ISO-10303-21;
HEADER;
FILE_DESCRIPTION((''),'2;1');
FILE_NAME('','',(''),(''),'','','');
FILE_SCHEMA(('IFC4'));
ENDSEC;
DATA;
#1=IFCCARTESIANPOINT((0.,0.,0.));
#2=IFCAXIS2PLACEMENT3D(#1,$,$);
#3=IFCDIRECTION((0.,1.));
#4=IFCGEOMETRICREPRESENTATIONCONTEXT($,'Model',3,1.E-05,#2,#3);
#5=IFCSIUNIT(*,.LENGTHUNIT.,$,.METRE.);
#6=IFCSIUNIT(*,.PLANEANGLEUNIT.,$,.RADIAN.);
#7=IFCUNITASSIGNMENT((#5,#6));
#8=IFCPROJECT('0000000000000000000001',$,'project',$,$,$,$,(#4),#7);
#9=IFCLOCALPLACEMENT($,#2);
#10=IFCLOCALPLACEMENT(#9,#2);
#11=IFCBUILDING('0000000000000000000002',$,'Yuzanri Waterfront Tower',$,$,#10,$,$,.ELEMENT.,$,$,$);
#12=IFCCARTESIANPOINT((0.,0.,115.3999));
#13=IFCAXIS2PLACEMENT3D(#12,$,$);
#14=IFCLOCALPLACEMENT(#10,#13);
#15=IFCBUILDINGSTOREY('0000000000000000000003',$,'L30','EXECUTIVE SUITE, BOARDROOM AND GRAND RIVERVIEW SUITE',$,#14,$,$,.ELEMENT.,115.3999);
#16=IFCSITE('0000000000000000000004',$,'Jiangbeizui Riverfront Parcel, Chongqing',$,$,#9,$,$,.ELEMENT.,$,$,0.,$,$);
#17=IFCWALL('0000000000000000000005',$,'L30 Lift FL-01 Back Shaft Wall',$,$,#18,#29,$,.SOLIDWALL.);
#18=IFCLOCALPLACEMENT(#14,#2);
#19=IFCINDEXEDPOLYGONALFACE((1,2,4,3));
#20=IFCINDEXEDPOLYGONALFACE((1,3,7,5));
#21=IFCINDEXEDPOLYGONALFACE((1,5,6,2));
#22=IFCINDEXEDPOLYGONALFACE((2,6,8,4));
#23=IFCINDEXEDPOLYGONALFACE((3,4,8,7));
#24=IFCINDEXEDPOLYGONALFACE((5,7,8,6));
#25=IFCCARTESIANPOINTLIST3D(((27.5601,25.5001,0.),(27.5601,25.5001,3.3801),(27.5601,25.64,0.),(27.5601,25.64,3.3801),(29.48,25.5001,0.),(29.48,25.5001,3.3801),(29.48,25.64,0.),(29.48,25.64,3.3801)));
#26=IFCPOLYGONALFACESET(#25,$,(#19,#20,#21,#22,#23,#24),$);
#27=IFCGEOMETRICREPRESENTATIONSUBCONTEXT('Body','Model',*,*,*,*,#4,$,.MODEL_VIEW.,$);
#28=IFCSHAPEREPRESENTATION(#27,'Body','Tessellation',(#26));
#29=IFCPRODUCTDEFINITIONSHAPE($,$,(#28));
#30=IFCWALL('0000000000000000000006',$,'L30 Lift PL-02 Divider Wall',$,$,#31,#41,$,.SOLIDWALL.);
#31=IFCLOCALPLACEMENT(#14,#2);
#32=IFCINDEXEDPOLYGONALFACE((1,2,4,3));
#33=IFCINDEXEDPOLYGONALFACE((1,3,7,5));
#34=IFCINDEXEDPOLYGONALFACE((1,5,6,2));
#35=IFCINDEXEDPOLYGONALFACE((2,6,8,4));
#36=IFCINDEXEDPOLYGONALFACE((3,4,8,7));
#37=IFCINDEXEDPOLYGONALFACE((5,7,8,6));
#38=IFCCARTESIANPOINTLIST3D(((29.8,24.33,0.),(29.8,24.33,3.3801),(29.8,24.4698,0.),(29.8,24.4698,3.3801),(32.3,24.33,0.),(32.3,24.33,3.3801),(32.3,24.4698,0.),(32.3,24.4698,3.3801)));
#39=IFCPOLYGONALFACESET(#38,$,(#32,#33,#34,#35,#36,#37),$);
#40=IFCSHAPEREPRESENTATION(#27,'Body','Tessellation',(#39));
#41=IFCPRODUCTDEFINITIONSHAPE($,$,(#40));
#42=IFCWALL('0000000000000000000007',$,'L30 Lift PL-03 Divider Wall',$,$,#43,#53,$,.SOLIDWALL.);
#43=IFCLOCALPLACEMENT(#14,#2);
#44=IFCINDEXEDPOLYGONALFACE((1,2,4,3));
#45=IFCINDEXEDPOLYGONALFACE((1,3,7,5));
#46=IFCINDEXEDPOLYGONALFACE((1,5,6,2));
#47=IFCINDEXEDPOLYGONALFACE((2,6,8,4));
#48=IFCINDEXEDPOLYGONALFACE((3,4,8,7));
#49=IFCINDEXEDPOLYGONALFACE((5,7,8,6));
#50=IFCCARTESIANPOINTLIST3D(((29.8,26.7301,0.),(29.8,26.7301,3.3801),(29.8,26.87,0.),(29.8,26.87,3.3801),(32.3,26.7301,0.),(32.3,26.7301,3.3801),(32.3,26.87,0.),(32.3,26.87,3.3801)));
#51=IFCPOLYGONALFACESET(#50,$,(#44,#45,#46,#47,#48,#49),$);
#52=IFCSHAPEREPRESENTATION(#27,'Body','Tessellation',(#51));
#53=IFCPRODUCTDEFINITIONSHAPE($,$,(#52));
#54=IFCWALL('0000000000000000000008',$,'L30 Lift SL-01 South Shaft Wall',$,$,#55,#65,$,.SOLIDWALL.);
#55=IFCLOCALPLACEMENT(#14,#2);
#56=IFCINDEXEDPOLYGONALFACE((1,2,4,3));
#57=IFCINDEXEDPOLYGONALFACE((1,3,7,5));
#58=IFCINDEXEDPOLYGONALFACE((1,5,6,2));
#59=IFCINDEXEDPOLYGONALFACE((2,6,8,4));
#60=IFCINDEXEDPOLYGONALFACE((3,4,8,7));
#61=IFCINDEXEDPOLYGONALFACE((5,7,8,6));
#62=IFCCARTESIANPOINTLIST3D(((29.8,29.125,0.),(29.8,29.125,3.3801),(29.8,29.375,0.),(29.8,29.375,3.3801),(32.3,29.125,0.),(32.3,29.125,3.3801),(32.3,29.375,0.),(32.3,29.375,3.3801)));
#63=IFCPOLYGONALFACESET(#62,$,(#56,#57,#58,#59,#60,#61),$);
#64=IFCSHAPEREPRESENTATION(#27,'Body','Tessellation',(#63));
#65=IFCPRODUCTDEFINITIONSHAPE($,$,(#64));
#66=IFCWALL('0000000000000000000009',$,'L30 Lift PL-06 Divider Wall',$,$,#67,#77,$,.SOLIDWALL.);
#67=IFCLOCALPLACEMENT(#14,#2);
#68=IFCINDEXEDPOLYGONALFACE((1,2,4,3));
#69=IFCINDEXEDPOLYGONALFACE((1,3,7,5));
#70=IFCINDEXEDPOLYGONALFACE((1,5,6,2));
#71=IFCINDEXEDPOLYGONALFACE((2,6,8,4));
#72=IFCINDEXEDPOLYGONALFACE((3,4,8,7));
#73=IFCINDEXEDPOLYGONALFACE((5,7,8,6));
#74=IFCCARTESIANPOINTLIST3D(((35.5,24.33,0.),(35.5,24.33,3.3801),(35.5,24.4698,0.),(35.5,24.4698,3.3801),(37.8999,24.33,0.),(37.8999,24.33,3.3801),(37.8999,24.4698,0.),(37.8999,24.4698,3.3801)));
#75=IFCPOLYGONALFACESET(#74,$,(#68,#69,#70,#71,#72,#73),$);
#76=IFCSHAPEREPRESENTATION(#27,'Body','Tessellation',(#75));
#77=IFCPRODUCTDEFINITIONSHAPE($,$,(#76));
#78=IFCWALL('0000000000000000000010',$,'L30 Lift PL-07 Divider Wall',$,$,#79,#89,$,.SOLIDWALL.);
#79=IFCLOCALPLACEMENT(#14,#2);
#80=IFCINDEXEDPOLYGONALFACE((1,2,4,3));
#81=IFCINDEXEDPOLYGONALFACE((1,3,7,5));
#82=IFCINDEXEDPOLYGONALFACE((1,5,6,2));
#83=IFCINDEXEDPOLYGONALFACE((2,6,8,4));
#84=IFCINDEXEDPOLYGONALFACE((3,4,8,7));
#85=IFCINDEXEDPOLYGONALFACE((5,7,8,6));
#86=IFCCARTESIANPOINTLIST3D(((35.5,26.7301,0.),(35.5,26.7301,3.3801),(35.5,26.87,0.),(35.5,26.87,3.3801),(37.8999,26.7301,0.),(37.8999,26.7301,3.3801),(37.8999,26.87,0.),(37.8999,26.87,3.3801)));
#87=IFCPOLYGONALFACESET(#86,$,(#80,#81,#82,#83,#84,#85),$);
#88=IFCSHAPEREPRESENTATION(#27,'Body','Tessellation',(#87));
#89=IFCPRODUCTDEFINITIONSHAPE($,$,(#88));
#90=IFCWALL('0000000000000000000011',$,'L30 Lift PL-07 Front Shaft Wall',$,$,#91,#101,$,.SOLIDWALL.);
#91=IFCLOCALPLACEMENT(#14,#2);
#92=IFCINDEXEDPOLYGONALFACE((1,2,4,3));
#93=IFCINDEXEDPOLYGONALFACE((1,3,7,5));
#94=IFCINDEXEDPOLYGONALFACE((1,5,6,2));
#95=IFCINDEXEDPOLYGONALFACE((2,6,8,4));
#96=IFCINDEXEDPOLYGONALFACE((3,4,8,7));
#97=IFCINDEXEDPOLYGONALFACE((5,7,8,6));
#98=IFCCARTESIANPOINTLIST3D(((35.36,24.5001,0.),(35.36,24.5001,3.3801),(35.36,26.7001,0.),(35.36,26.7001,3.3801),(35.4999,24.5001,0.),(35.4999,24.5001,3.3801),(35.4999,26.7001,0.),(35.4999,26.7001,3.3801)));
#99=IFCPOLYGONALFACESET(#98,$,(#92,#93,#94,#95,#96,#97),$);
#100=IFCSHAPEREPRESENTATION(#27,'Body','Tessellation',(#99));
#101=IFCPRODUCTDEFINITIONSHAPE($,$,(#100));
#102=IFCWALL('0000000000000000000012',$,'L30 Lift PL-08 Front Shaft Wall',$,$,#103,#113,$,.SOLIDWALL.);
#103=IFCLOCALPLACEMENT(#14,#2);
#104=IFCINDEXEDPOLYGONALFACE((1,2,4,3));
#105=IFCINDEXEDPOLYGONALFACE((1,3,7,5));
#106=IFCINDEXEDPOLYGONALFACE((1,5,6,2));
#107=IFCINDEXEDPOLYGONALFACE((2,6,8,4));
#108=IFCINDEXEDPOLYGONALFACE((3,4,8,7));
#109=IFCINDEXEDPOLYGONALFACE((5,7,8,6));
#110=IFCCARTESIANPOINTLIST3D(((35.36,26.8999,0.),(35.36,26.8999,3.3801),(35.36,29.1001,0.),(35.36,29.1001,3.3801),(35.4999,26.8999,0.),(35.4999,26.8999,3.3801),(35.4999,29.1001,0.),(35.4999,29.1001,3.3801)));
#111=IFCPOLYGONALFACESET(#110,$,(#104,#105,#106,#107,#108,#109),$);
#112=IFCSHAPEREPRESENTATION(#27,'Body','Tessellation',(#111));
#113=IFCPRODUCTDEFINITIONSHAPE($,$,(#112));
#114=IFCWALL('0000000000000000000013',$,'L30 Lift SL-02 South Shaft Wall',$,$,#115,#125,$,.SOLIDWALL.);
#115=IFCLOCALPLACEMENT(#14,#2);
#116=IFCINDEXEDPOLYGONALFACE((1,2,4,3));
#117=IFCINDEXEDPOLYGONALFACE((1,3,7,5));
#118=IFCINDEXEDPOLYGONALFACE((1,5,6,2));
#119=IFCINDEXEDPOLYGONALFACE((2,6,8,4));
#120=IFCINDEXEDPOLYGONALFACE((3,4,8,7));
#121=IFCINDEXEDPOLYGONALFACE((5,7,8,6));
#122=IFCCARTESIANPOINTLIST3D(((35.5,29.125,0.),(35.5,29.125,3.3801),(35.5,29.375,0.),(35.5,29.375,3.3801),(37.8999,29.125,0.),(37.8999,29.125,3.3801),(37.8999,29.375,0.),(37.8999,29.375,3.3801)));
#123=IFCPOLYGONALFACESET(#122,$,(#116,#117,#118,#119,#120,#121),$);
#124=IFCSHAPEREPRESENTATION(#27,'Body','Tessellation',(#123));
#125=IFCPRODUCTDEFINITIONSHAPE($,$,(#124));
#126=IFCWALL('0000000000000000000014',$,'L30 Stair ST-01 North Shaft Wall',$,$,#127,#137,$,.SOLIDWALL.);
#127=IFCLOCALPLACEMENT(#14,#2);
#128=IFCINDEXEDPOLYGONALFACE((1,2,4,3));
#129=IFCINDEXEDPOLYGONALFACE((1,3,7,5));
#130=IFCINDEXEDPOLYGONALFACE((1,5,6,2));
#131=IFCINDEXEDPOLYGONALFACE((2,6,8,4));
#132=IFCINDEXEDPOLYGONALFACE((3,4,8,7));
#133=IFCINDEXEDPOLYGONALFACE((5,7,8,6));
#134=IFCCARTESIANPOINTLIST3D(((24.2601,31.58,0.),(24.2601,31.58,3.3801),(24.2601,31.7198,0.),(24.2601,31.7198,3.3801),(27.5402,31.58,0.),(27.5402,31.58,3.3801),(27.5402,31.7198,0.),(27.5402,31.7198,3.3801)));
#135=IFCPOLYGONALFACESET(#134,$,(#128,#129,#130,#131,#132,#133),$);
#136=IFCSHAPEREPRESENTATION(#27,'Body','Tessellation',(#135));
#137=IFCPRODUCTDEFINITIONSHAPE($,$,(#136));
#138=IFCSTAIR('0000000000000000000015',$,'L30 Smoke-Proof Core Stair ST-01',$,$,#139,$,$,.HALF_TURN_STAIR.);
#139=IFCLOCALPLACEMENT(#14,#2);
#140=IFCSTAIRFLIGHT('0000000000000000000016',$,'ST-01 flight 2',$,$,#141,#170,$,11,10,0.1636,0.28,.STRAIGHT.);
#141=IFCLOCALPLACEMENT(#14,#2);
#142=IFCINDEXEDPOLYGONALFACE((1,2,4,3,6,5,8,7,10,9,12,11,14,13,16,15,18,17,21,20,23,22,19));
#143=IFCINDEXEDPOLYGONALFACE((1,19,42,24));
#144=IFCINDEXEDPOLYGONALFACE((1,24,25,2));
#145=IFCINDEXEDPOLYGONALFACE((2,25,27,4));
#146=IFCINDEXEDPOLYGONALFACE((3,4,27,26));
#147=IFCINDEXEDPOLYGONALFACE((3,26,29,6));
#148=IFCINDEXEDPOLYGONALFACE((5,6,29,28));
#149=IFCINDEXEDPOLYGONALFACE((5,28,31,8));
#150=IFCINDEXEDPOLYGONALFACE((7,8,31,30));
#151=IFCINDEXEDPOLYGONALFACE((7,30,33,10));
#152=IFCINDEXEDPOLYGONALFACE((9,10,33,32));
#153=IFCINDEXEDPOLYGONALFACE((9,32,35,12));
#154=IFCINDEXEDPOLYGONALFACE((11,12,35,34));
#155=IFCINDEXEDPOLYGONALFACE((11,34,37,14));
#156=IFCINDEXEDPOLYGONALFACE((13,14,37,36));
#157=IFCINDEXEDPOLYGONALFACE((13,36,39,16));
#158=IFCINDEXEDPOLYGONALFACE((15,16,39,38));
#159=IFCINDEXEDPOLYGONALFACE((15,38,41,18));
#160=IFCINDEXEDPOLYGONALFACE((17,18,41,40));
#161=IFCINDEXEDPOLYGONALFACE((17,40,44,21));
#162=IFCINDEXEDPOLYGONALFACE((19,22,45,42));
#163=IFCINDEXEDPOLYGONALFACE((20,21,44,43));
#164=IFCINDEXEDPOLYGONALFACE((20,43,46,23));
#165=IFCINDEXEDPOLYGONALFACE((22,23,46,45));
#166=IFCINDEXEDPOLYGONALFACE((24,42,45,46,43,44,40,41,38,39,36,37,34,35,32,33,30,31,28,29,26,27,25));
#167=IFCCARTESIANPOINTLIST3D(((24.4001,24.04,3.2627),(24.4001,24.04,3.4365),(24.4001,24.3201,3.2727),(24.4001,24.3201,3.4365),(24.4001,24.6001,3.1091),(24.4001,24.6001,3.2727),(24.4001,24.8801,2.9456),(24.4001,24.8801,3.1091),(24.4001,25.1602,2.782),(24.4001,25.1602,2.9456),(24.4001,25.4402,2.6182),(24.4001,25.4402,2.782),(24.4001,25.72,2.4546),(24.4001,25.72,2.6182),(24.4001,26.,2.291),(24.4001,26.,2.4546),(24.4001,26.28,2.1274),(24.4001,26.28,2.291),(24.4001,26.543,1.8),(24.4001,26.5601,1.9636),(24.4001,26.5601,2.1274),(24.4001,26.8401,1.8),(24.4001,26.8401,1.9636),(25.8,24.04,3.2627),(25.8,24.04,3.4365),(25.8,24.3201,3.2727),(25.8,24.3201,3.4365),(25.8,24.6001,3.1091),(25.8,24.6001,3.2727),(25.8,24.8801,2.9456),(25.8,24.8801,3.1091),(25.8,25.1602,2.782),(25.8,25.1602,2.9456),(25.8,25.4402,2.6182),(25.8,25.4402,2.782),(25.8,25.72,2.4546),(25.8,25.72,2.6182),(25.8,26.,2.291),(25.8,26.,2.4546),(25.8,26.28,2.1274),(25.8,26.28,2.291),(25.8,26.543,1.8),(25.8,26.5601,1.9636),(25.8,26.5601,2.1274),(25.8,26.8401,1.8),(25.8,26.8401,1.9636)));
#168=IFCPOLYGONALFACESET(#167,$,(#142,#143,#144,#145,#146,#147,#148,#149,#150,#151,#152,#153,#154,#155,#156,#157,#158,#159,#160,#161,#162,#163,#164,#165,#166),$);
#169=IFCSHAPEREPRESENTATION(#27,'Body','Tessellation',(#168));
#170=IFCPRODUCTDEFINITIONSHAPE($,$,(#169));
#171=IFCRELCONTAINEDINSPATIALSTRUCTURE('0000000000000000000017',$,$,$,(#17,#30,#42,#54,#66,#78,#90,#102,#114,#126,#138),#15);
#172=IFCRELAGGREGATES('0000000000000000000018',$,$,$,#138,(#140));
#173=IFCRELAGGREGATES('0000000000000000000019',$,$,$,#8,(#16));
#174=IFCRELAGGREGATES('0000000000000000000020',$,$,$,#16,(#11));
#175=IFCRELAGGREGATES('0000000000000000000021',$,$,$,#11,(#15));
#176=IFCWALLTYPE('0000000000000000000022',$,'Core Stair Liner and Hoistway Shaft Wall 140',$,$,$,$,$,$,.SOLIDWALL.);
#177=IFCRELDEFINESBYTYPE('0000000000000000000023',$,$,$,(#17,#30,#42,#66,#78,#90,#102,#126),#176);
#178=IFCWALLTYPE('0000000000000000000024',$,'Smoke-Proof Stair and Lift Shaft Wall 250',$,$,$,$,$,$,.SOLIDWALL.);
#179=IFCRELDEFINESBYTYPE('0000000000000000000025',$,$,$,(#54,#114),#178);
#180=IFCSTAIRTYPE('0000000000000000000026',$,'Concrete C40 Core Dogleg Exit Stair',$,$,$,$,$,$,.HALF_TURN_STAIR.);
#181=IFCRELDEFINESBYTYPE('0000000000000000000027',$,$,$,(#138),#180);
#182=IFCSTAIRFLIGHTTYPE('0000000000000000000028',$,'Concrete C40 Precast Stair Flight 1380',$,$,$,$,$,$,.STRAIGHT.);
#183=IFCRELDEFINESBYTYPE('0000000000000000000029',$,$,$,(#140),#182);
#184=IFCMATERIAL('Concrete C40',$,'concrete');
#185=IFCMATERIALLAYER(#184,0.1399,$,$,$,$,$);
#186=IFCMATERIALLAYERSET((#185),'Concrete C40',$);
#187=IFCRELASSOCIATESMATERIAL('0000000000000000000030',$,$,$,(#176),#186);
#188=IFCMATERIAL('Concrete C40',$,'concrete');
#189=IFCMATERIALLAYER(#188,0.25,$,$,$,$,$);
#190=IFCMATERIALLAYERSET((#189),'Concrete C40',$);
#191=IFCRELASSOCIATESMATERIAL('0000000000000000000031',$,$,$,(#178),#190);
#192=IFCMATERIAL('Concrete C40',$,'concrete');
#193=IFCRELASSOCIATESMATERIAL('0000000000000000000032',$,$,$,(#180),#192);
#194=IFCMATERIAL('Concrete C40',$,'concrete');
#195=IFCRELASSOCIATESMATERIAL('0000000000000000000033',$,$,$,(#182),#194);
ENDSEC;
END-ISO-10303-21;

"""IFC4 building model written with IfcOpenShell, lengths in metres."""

from ifc_helpers import new_model, si_unit, direction, frame, frame_2d, origin, place, context, subcontext, project, spatial, polyline, rectangle, outline, extrude, source, transform, mapped, material, layer, layer_set, type_object, element, aggregate, save


model = new_model("IFC4")

# Units and contexts
model_context = context("Model", 3, precision=1e-05, world=origin(), true_north=direction((0.0, 1.0)))
body_context = subcontext(model_context, "Body", "Model", "MODEL_VIEW")
ifc_project = project(units=[si_unit("LENGTHUNIT", "METRE"), si_unit("PLANEANGLEUNIT", "RADIAN")], contexts=[model_context])

# Site, building, storey
site_placement = place(None, origin())
site = spatial("IfcSite", under=ifc_project, at=site_placement, Name="Jiangbeizui Riverfront Parcel, Chongqing", CompositionType="ELEMENT", RefElevation=0.0)
building_placement = place(site_placement, origin())
building = spatial("IfcBuilding", under=site, at=building_placement, Name="Yuzanri Waterfront Tower", CompositionType="ELEMENT")
storey_placement = place(building_placement, frame((0.0, 0.0, 115.3999)))
storey = spatial("IfcBuildingStorey", under=building, at=storey_placement, Name="L30", Description="EXECUTIVE SUITE, BOARDROOM AND GRAND RIVERVIEW SUITE", CompositionType="ELEMENT", Elevation=115.3999)

# Shared definitions
ifc_material_1 = material(Name="Concrete C40", Category="concrete")
ifc_layer_1 = layer(ifc_material_1, 0.1399)
ifc_layer_set_1 = layer_set([ifc_layer_1], Name="Concrete C40")
wall_type_1 = type_object("IfcWallType", Name="Core Stair Liner and Hoistway Shaft Wall 140", PredefinedType="SOLIDWALL", material=ifc_layer_set_1)

# Walls
shared_shape_1 = source(origin(), body_context, "Body", "SweptSolid", [
    extrude(rectangle(XDim=1.9199, YDim=0.1399, at=frame_2d((0.96, 0.0))), origin(), (0.0, 0.0, 1.0), 3.3801),
])
wall_1_placement = place(storey_placement, frame((27.5601, 25.5701, 0.0), z_axis=(0.0, 0.0, 1.0), x_axis=(1.0, 0.0, 0.0)))
element("IfcWall", 1, at=wall_1_placement, inside=storey, type_object=wall_type_1, Name="L30 Lift FL-01 Back Shaft Wall", PredefinedType="SOLIDWALL", context=body_context, shape_type="MappedRepresentation", body=[
    mapped(shared_shape_1, transform((0.0, 0.0, 0.0), scale=1.0)),
])
shared_shape_2 = source(origin(), body_context, "Body", "SweptSolid", [
    extrude(rectangle(XDim=2.5, YDim=0.1399, at=frame_2d((1.25, 0.0))), origin(), (0.0, 0.0, 1.0), 3.3801),
])
for number, where, z_axis, x_axis, name in (
    (2, (29.8, 24.3999, 0.0), (0.0, 0.0, 1.0), (1.0, 0.0, 0.0), "L30 Lift PL-02 Divider Wall"),
    (3, (29.8, 26.8, 0.0), (0.0, 0.0, 1.0), (1.0, 0.0, 0.0), "L30 Lift PL-03 Divider Wall"),
):
    element("IfcWall", number, at=place(storey_placement, frame(where, z_axis=z_axis, x_axis=x_axis)), inside=storey, type_object=wall_type_1, Name=name, PredefinedType="SOLIDWALL", context=body_context, shape_type="MappedRepresentation", body=[
        mapped(shared_shape_2, transform((0.0, 0.0, 0.0), scale=1.0)),
    ])
ifc_material_2 = material(Name="Concrete C40", Category="concrete")
ifc_layer_2 = layer(ifc_material_2, 0.25)
ifc_layer_set_2 = layer_set([ifc_layer_2], Name="Concrete C40")
wall_type_2 = type_object("IfcWallType", Name="Smoke-Proof Stair and Lift Shaft Wall 250", PredefinedType="SOLIDWALL", material=ifc_layer_set_2)
shared_shape_3 = source(origin(), body_context, "Body", "SweptSolid", [
    extrude(rectangle(XDim=2.5, YDim=0.25, at=frame_2d((1.25, 0.0))), origin(), (0.0, 0.0, 1.0), 3.3801),
])
wall_2_placement = place(storey_placement, frame((29.8, 29.25, 0.0), z_axis=(0.0, 0.0, 1.0), x_axis=(1.0, 0.0, 0.0)))
element("IfcWall", 4, at=wall_2_placement, inside=storey, type_object=wall_type_2, Name="L30 Lift SL-01 South Shaft Wall", PredefinedType="SOLIDWALL", context=body_context, shape_type="MappedRepresentation", body=[
    mapped(shared_shape_3, transform((0.0, 0.0, 0.0), scale=1.0)),
])
shared_shape_4 = source(origin(), body_context, "Body", "SweptSolid", [
    extrude(rectangle(XDim=2.3999, YDim=0.1399, at=frame_2d((1.2, 0.0))), origin(), (0.0, 0.0, 1.0), 3.3801),
])
for number, where, z_axis, x_axis, name in (
    (5, (35.5, 24.3999, 0.0), (0.0, 0.0, 1.0), (1.0, 0.0, 0.0), "L30 Lift PL-06 Divider Wall"),
    (6, (35.5, 26.8, 0.0), (0.0, 0.0, 1.0), (1.0, 0.0, 0.0), "L30 Lift PL-07 Divider Wall"),
):
    element("IfcWall", number, at=place(storey_placement, frame(where, z_axis=z_axis, x_axis=x_axis)), inside=storey, type_object=wall_type_1, Name=name, PredefinedType="SOLIDWALL", context=body_context, shape_type="MappedRepresentation", body=[
        mapped(shared_shape_4, transform((0.0, 0.0, 0.0), scale=1.0)),
    ])
shared_shape_5 = source(origin(), body_context, "Body", "SweptSolid", [
    extrude(rectangle(XDim=2.2, YDim=0.1399, at=frame_2d((1.1001, 0.0))), origin(), (0.0, 0.0, 1.0), 3.3801),
])
wall_3_placement = place(storey_placement, frame((35.4299, 24.5, 0.0), z_axis=(0.0, 0.0, 1.0), x_axis=(0.0, 1.0, 0.0)))
element("IfcWall", 7, at=wall_3_placement, inside=storey, type_object=wall_type_1, Name="L30 Lift PL-07 Front Shaft Wall", PredefinedType="SOLIDWALL", context=body_context, shape_type="MappedRepresentation", body=[
    mapped(shared_shape_5, transform((0.0, 0.0, 0.0), scale=1.0)),
])
shared_shape_6 = source(origin(), body_context, "Body", "SweptSolid", [
    extrude(rectangle(XDim=2.2002, YDim=0.1399, at=frame_2d((1.1001, 0.0))), origin(), (0.0, 0.0, 1.0), 3.3801),
])
wall_4_placement = place(storey_placement, frame((35.4299, 26.8999, 0.0), z_axis=(0.0, 0.0, 1.0), x_axis=(0.0, 1.0, 0.0)))
element("IfcWall", 8, at=wall_4_placement, inside=storey, type_object=wall_type_1, Name="L30 Lift PL-08 Front Shaft Wall", PredefinedType="SOLIDWALL", context=body_context, shape_type="MappedRepresentation", body=[
    mapped(shared_shape_6, transform((0.0, 0.0, 0.0), scale=1.0)),
])
shared_shape_7 = source(origin(), body_context, "Body", "SweptSolid", [
    extrude(rectangle(XDim=2.3999, YDim=0.25, at=frame_2d((1.2, 0.0))), origin(), (0.0, 0.0, 1.0), 3.3801),
])
wall_5_placement = place(storey_placement, frame((35.5, 29.25, 0.0), z_axis=(0.0, 0.0, 1.0), x_axis=(1.0, 0.0, 0.0)))
element("IfcWall", 9, at=wall_5_placement, inside=storey, type_object=wall_type_2, Name="L30 Lift SL-02 South Shaft Wall", PredefinedType="SOLIDWALL", context=body_context, shape_type="MappedRepresentation", body=[
    mapped(shared_shape_7, transform((0.0, 0.0, 0.0), scale=1.0)),
])
shared_shape_8 = source(origin(), body_context, "Body", "SweptSolid", [
    extrude(rectangle(XDim=3.28, YDim=0.1399, at=frame_2d((1.6401, 0.0))), origin(), (0.0, 0.0, 1.0), 3.3801),
])
wall_6_placement = place(storey_placement, frame((24.26, 31.6499, 0.0), z_axis=(0.0, 0.0, 1.0), x_axis=(1.0, 0.0, 0.0)))
element("IfcWall", 10, at=wall_6_placement, inside=storey, type_object=wall_type_1, Name="L30 Stair ST-01 North Shaft Wall", PredefinedType="SOLIDWALL", context=body_context, shape_type="MappedRepresentation", body=[
    mapped(shared_shape_8, transform((0.0, 0.0, 0.0), scale=1.0)),
])

# Stair, stair flight
ifc_material_3 = material(Name="Concrete C40", Category="concrete")
stair_type = type_object("IfcStairType", Name="Concrete C40 Core Dogleg Exit Stair", PredefinedType="HALF_TURN_STAIR", material=ifc_material_3)
stair_placement = place(storey_placement, origin())
stair = element("IfcStair", 11, at=stair_placement, inside=storey, type_object=stair_type, Name="L30 Smoke-Proof Core Stair ST-01", PredefinedType="HALF_TURN_STAIR")
ifc_material_4 = material(Name="Concrete C40", Category="concrete")
stair_flight_type = type_object("IfcStairFlightType", Name="Concrete C40 Precast Stair Flight 1380", PredefinedType="STRAIGHT", material=ifc_material_4)
shared_shape_9 = source(origin(), body_context, "Body", "SweptSolid", [
    extrude(outline(polyline([(0.0, 0.0), (0.0, 0.1636), (0.28, 0.1636), (0.28, 0.3274), (0.5601, 0.3274), (0.5601, 0.491), (0.8401, 0.491), (0.8401, 0.6545), (1.1201, 0.6545), (1.1201, 0.8181), (1.3999, 0.8181), (1.3999, 0.9819), (1.6799, 0.9819), (1.6799, 1.1455), (1.96, 1.1455), (1.96, 1.3091), (2.24, 1.3091), (2.24, 1.4727), (2.52, 1.4727), (2.52, 1.6365), (2.8, 1.6365), (2.8, 1.8), (2.8, 1.4626), (0.2971, 0.0), (0.0, 0.0)])), frame((0.0, 0.7, 0.0), z_axis=(0.0, -1.0, 0.0), x_axis=(1.0, 0.0, 0.0)), (0.0, 0.0, 1.0), 1.3999),
])
stair_flight_placement = place(storey_placement, frame((25.1001, 26.8401, 1.8), z_axis=(0.0, 0.0, 1.0), x_axis=(0.0, -1.0, 0.0)))
stair_flight = element("IfcStairFlight", 12, at=stair_flight_placement, type_object=stair_flight_type, Name="ST-01 flight 2", NumberOfRisers=11, NumberOfTreads=10, PredefinedType="STRAIGHT", RiserHeight=0.1636, TreadLength=0.28, context=body_context, shape_type="MappedRepresentation", body=[
    mapped(shared_shape_9, transform((0.0, 0.0, 0.0), scale=1.0)),
])
aggregate(stair, [stair_flight])

save(model, "model.ifc")
